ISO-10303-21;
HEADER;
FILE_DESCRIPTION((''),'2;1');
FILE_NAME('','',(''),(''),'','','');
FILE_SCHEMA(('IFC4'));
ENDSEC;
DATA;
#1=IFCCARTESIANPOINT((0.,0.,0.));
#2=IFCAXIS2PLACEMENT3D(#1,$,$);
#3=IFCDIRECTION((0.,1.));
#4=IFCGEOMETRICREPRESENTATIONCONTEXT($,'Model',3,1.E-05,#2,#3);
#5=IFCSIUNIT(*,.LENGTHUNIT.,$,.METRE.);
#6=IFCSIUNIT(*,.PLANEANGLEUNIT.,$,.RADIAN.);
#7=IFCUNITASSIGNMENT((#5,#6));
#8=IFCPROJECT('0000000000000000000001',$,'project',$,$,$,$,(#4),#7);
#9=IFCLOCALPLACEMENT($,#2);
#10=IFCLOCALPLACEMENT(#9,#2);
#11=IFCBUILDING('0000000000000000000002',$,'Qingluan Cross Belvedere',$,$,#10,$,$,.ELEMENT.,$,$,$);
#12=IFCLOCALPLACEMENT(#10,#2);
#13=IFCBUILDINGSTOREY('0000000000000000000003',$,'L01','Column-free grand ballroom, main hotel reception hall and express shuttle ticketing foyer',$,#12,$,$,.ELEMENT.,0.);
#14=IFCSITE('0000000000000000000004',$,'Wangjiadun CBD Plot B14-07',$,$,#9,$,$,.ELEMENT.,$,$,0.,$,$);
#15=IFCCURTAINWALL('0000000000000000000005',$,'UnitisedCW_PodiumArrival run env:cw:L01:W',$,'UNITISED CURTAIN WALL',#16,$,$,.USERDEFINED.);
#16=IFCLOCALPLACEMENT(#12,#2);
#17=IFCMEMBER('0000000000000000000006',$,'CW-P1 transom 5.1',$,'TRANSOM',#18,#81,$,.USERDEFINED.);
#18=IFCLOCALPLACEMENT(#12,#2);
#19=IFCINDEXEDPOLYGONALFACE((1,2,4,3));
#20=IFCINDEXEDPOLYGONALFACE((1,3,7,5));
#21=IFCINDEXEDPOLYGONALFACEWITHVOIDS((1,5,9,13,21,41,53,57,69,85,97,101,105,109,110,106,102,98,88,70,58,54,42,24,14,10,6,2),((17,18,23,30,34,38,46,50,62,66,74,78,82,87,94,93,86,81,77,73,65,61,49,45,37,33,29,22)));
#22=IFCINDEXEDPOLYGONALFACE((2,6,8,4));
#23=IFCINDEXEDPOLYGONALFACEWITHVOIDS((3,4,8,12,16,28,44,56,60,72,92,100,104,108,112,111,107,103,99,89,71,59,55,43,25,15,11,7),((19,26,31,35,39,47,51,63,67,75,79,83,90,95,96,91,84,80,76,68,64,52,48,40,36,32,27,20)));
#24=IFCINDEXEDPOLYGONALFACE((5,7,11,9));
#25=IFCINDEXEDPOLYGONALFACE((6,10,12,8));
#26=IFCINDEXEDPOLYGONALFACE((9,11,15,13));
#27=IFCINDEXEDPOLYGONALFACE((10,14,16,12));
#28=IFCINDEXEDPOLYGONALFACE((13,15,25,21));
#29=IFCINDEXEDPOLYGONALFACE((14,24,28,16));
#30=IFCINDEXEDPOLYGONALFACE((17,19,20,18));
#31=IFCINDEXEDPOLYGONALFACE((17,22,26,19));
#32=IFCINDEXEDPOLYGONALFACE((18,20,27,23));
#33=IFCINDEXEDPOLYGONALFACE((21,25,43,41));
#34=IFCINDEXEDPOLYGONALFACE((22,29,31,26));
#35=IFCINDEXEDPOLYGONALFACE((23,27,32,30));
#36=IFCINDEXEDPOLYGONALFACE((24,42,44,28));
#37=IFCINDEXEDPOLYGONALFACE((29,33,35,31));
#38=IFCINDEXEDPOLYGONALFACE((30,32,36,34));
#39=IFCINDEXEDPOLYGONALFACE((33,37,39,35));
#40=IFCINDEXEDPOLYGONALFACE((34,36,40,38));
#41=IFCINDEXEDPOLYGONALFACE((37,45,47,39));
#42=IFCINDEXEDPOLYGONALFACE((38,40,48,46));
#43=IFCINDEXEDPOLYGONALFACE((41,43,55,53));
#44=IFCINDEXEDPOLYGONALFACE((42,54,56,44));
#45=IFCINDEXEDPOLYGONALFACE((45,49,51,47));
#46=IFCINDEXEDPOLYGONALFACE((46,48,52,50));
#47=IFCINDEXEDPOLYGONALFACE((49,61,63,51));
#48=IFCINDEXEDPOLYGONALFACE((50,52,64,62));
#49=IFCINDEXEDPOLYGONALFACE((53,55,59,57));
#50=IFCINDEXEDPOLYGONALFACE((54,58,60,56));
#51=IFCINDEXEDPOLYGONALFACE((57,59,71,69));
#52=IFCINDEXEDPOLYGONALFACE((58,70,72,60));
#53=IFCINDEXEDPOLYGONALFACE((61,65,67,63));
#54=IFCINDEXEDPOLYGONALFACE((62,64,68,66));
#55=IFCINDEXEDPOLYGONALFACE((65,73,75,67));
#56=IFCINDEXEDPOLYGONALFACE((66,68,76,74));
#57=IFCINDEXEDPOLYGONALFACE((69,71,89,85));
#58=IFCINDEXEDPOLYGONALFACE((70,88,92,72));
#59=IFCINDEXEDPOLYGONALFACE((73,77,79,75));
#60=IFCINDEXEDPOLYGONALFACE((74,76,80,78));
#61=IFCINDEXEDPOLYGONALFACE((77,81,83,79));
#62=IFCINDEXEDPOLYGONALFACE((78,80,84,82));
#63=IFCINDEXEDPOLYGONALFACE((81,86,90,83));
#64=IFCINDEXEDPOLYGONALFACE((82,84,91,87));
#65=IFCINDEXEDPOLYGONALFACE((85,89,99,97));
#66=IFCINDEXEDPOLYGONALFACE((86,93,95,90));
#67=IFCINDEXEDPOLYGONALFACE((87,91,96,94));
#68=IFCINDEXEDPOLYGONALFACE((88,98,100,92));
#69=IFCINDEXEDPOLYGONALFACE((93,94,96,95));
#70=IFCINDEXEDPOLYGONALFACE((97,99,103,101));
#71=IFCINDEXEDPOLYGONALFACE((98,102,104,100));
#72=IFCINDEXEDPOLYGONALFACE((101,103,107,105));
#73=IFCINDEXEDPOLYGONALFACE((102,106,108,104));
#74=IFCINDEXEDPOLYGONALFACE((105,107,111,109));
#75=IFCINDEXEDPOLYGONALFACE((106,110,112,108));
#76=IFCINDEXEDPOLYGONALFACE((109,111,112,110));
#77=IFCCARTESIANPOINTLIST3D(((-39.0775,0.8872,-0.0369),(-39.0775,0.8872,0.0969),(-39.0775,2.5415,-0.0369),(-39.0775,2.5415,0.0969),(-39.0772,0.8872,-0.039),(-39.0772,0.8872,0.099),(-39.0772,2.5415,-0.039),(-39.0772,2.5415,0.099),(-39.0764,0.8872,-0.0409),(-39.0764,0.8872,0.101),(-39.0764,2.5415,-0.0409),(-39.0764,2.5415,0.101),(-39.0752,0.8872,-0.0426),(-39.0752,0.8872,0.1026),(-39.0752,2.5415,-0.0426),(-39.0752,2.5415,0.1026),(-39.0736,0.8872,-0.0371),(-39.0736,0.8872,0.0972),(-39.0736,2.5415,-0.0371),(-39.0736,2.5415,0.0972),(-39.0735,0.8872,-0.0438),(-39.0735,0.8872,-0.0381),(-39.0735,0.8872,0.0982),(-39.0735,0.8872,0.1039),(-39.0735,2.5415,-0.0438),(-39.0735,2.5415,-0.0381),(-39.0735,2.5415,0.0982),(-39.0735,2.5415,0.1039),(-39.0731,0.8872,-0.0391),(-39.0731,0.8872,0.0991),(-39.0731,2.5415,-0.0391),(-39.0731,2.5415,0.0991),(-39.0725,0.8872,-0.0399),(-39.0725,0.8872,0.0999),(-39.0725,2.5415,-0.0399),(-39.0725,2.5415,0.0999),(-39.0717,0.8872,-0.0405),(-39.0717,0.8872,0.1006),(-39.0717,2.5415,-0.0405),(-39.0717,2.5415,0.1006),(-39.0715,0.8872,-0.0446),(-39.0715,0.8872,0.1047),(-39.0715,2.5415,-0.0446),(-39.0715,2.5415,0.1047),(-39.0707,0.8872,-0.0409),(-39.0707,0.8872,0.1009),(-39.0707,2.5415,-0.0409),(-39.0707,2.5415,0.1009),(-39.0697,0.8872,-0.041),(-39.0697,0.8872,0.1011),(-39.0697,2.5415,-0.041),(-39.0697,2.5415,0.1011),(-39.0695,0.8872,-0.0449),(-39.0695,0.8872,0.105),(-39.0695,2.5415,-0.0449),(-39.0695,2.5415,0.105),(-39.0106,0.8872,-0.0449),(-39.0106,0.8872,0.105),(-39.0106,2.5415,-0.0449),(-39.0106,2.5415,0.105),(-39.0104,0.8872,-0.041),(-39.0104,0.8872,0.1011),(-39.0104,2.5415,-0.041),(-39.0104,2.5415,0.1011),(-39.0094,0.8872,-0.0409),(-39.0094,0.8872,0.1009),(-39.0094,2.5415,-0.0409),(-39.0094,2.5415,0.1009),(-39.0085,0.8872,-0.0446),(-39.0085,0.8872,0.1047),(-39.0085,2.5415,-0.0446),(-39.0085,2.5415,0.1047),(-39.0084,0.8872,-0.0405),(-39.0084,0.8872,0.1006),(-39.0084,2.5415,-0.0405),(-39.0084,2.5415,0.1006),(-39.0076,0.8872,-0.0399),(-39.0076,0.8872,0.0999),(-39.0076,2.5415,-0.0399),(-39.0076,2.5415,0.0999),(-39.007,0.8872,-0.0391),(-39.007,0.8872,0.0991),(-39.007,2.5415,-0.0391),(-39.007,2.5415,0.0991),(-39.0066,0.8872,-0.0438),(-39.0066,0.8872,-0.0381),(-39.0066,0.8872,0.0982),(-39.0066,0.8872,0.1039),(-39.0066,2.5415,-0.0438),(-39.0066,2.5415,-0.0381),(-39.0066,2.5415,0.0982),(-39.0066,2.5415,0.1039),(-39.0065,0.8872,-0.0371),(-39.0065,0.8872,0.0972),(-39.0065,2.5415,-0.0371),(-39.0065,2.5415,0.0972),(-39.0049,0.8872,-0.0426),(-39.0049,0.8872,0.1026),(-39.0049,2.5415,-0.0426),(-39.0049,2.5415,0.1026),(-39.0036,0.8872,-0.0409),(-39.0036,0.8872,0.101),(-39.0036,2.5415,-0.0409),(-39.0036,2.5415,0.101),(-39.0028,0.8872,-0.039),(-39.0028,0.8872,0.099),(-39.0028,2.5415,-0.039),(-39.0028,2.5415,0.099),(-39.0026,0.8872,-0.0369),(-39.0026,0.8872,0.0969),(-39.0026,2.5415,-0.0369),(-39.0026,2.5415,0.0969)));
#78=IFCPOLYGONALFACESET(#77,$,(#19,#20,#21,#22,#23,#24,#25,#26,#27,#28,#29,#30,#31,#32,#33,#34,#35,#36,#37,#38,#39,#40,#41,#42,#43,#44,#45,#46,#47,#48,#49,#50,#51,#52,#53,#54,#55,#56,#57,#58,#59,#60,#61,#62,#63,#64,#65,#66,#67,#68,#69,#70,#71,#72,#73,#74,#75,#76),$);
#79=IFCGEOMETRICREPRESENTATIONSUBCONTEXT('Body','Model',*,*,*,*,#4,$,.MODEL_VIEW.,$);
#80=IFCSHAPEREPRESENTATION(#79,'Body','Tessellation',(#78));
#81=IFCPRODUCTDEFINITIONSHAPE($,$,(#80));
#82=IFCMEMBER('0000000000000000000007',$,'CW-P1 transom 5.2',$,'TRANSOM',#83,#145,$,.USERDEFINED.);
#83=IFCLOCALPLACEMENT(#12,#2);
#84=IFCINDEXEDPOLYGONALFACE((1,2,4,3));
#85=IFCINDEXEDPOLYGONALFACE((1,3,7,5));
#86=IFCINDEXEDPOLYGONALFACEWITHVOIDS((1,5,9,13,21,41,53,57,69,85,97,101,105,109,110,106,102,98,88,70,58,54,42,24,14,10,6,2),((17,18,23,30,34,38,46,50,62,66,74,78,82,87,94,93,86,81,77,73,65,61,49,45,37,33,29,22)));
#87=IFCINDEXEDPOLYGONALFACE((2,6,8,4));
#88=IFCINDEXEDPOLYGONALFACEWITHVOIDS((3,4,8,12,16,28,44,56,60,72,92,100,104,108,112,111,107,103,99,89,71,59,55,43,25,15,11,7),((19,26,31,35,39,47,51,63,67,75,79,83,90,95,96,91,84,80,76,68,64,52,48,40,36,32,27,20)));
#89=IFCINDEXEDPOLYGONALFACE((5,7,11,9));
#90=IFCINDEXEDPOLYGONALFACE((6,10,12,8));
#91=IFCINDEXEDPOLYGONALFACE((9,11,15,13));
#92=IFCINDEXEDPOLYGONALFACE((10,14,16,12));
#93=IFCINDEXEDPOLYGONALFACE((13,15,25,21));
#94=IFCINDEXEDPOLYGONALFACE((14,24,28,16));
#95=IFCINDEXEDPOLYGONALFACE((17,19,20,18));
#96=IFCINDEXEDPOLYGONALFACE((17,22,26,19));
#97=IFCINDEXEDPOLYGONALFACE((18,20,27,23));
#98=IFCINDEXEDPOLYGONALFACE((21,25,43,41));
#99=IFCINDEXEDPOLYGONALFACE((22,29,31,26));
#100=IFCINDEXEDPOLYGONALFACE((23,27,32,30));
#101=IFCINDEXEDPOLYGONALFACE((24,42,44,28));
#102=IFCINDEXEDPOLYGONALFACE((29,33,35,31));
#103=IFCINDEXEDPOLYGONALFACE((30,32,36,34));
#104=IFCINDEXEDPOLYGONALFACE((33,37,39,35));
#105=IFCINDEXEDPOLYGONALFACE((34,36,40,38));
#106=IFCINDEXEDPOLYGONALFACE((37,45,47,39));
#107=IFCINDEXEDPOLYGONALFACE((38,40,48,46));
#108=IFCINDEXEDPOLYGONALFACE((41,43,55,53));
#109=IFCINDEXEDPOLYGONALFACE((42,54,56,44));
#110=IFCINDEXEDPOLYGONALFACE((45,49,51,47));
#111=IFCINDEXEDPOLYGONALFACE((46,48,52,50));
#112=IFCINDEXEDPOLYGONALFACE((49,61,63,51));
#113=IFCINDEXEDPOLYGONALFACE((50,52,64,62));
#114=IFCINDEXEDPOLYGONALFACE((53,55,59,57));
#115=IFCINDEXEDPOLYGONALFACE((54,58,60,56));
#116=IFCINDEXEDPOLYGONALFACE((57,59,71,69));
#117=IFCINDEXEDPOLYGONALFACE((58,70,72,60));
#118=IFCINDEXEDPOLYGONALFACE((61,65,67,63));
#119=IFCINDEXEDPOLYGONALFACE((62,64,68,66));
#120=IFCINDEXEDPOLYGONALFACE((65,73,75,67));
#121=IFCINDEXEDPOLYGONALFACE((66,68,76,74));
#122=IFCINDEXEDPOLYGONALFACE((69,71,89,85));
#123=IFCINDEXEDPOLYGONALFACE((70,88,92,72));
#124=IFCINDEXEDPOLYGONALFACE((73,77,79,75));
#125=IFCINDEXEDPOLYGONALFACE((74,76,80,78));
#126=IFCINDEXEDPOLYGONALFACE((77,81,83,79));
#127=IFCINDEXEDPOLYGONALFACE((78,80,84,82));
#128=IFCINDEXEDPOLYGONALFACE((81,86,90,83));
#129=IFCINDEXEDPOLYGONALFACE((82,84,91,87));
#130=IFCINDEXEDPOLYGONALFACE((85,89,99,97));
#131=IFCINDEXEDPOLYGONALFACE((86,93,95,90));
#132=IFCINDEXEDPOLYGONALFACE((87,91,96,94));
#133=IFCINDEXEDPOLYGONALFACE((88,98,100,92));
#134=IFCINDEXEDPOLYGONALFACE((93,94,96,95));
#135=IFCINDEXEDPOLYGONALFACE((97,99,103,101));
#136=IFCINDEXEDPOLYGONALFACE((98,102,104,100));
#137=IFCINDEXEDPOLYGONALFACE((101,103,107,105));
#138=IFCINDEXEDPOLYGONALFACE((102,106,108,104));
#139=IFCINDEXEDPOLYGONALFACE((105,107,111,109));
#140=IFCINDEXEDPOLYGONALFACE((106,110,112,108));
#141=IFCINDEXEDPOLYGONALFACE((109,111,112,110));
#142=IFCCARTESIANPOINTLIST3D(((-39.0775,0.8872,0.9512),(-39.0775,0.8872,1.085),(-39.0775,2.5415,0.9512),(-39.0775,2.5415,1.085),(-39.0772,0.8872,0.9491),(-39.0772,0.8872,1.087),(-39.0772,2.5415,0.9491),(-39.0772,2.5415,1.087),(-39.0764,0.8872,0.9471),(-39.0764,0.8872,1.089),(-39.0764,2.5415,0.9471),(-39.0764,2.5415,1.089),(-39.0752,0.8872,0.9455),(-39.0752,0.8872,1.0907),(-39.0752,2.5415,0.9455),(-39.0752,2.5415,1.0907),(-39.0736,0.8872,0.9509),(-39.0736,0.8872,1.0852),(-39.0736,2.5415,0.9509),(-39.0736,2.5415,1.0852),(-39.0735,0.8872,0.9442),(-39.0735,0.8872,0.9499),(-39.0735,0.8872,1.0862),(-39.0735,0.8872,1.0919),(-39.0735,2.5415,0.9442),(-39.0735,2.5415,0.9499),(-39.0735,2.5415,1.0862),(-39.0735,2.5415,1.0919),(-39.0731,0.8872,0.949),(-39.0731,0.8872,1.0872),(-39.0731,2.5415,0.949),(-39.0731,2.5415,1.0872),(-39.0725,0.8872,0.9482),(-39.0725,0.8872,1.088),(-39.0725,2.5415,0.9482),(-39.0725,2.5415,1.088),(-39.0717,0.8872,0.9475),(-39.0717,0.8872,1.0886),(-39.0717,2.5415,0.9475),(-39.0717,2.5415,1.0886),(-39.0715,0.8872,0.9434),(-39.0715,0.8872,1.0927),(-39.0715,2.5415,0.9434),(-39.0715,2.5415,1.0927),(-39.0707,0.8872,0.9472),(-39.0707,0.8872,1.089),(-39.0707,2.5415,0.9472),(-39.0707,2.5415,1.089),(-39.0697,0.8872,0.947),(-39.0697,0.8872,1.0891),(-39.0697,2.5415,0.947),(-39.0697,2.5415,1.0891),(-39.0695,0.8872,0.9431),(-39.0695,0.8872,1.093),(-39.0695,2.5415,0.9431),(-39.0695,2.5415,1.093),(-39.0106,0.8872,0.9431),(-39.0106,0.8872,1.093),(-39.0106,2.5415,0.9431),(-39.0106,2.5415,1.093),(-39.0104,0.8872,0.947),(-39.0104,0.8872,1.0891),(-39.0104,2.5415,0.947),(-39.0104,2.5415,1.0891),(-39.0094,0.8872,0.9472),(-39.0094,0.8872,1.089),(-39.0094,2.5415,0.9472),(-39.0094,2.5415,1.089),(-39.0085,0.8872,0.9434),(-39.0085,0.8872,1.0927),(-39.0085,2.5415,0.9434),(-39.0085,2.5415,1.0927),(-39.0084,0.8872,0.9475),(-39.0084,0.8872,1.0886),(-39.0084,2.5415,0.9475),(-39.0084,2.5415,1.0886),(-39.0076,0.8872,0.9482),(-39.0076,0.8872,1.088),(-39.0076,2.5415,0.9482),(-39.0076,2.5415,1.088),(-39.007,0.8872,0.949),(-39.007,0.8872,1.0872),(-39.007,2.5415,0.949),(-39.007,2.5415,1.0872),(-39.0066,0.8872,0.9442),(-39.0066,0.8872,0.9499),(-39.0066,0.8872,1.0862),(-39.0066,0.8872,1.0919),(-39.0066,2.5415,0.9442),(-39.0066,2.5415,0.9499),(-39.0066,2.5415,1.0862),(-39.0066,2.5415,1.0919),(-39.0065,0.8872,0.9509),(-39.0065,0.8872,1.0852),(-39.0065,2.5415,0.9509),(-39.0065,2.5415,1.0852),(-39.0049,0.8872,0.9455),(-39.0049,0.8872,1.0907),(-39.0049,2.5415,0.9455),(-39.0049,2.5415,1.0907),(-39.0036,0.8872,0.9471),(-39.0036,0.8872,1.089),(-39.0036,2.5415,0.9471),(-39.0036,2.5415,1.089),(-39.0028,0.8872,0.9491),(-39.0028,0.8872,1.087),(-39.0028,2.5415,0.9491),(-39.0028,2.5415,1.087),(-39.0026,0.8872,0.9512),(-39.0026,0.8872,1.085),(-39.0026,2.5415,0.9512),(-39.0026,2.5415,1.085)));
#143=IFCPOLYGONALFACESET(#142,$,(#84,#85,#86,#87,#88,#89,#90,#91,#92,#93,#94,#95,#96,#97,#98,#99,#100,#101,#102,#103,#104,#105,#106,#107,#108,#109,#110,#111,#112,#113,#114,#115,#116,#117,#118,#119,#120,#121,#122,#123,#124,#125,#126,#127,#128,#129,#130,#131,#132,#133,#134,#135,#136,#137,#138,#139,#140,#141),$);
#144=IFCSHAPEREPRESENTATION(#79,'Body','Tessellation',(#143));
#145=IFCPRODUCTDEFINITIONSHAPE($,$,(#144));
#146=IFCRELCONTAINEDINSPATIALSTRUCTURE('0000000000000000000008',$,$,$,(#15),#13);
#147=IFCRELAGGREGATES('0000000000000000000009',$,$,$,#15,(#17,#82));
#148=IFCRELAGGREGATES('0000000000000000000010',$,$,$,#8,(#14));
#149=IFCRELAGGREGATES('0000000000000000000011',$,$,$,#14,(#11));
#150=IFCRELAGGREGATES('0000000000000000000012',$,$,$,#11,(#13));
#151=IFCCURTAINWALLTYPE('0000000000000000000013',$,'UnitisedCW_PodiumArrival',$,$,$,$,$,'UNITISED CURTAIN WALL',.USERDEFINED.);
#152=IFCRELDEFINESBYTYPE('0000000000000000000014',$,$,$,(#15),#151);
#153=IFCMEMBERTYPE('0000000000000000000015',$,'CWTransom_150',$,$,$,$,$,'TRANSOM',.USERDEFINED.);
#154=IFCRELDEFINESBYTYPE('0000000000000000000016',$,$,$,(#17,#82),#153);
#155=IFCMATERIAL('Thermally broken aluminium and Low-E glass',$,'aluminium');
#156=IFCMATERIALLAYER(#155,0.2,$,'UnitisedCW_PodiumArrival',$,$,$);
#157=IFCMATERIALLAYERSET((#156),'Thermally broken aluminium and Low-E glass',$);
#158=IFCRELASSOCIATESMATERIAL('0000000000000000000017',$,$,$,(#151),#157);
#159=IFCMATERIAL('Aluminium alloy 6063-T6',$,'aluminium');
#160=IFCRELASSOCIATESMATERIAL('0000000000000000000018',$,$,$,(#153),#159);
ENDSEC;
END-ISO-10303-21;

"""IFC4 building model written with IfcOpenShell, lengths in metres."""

from ifc_helpers import new_model, si_unit, direction, frame, origin, origin_2d, place, context, subcontext, project, spatial, hollow_rectangle, extrude, material, layer, layer_set, material_profile, profile_set, type_object, element, aggregate, save


model = new_model("IFC4")

# Units and contexts
model_context = context("Model", 3, precision=1e-05, world=origin(), true_north=direction((0.0, 1.0)))
body_context = subcontext(model_context, "Body", "Model", "MODEL_VIEW")
ifc_project = project(units=[si_unit("LENGTHUNIT", "METRE"), si_unit("PLANEANGLEUNIT", "RADIAN")], contexts=[model_context])

# Site, building, storey
site_placement = place(None, origin())
site = spatial("IfcSite", under=ifc_project, at=site_placement, Name="Wangjiadun CBD Plot B14-07", CompositionType="ELEMENT", RefElevation=0.0)
building_placement = place(site_placement, origin())
building = spatial("IfcBuilding", under=site, at=building_placement, Name="Qingluan Cross Belvedere", CompositionType="ELEMENT")
storey_placement = place(building_placement, origin())
storey = spatial("IfcBuildingStorey", under=building, at=storey_placement, Name="L01", Description="Column-free grand ballroom, main hotel reception hall and express shuttle ticketing foyer", CompositionType="ELEMENT", Elevation=0.0)

# Curtain wall, members
ifc_material_1 = material(Name="Thermally broken aluminium and Low-E glass", Category="aluminium")
ifc_layer_1 = layer(ifc_material_1, 0.2, Name="UnitisedCW_PodiumArrival")
ifc_layer_set_1 = layer_set([ifc_layer_1], Name="Thermally broken aluminium and Low-E glass")
curtain_wall_type = type_object("IfcCurtainWallType", Name="UnitisedCW_PodiumArrival", ElementType="UNITISED CURTAIN WALL", PredefinedType="USERDEFINED", material=ifc_layer_set_1)
curtain_wall_placement = place(storey_placement, origin())
curtain_wall = element("IfcCurtainWall", 1, at=curtain_wall_placement, inside=storey, type_object=curtain_wall_type, Name="UnitisedCW_PodiumArrival run env:cw:L01:W", ObjectType="UNITISED CURTAIN WALL", PredefinedType="USERDEFINED")
ifc_material_2 = material(Name="Aluminium alloy 6063-T6", Category="aluminium")
ifc_material_profile_1 = material_profile(ifc_material_2, hollow_rectangle(XDim=0.075, YDim=0.1499, WallThickness=0.0039, InnerFilletRadius=0.0039, OuterFilletRadius=0.0081, at=origin_2d()), Name="CWT150x75x4")
ifc_profile_set_1 = profile_set([ifc_material_profile_1], Name="Aluminium alloy 6063-T6")
member_type_1 = type_object("IfcMemberType", Name="CWTransom_150", ElementType="TRANSOM", PredefinedType="USERDEFINED", material=ifc_profile_set_1)
member_1_placement = place(storey_placement, frame((-39.04, 0.8872, 0.03), z_axis=(0.0, 1.0, 0.0), x_axis=(-1.0, 0.0, 0.0)))
member_1 = element("IfcMember", 2, at=member_1_placement, type_object=member_type_1, Name="CW-P1 transom 5.1", ObjectType="TRANSOM", PredefinedType="USERDEFINED", context=body_context, shape_type="SweptSolid", body=[
    extrude(hollow_rectangle(XDim=0.075, YDim=0.1499, WallThickness=0.0039, InnerFilletRadius=0.0039, OuterFilletRadius=0.0081, at=origin_2d()), origin(), (0.0, 0.0, 1.0), 1.6543),
])
member_2_placement = place(storey_placement, frame((-39.04, 0.8872, 1.0181), z_axis=(0.0, 1.0, 0.0), x_axis=(-1.0, 0.0, 0.0)))
member_2 = element("IfcMember", 3, at=member_2_placement, type_object=member_type_1, Name="CW-P1 transom 5.2", ObjectType="TRANSOM", PredefinedType="USERDEFINED", context=body_context, shape_type="SweptSolid", body=[
    extrude(hollow_rectangle(XDim=0.075, YDim=0.1499, WallThickness=0.0039, InnerFilletRadius=0.0039, OuterFilletRadius=0.0081, at=origin_2d()), origin(), (0.0, 0.0, 1.0), 1.6543),
])

aggregate(curtain_wall, [member_1, member_2])

save(model, "model.ifc")
